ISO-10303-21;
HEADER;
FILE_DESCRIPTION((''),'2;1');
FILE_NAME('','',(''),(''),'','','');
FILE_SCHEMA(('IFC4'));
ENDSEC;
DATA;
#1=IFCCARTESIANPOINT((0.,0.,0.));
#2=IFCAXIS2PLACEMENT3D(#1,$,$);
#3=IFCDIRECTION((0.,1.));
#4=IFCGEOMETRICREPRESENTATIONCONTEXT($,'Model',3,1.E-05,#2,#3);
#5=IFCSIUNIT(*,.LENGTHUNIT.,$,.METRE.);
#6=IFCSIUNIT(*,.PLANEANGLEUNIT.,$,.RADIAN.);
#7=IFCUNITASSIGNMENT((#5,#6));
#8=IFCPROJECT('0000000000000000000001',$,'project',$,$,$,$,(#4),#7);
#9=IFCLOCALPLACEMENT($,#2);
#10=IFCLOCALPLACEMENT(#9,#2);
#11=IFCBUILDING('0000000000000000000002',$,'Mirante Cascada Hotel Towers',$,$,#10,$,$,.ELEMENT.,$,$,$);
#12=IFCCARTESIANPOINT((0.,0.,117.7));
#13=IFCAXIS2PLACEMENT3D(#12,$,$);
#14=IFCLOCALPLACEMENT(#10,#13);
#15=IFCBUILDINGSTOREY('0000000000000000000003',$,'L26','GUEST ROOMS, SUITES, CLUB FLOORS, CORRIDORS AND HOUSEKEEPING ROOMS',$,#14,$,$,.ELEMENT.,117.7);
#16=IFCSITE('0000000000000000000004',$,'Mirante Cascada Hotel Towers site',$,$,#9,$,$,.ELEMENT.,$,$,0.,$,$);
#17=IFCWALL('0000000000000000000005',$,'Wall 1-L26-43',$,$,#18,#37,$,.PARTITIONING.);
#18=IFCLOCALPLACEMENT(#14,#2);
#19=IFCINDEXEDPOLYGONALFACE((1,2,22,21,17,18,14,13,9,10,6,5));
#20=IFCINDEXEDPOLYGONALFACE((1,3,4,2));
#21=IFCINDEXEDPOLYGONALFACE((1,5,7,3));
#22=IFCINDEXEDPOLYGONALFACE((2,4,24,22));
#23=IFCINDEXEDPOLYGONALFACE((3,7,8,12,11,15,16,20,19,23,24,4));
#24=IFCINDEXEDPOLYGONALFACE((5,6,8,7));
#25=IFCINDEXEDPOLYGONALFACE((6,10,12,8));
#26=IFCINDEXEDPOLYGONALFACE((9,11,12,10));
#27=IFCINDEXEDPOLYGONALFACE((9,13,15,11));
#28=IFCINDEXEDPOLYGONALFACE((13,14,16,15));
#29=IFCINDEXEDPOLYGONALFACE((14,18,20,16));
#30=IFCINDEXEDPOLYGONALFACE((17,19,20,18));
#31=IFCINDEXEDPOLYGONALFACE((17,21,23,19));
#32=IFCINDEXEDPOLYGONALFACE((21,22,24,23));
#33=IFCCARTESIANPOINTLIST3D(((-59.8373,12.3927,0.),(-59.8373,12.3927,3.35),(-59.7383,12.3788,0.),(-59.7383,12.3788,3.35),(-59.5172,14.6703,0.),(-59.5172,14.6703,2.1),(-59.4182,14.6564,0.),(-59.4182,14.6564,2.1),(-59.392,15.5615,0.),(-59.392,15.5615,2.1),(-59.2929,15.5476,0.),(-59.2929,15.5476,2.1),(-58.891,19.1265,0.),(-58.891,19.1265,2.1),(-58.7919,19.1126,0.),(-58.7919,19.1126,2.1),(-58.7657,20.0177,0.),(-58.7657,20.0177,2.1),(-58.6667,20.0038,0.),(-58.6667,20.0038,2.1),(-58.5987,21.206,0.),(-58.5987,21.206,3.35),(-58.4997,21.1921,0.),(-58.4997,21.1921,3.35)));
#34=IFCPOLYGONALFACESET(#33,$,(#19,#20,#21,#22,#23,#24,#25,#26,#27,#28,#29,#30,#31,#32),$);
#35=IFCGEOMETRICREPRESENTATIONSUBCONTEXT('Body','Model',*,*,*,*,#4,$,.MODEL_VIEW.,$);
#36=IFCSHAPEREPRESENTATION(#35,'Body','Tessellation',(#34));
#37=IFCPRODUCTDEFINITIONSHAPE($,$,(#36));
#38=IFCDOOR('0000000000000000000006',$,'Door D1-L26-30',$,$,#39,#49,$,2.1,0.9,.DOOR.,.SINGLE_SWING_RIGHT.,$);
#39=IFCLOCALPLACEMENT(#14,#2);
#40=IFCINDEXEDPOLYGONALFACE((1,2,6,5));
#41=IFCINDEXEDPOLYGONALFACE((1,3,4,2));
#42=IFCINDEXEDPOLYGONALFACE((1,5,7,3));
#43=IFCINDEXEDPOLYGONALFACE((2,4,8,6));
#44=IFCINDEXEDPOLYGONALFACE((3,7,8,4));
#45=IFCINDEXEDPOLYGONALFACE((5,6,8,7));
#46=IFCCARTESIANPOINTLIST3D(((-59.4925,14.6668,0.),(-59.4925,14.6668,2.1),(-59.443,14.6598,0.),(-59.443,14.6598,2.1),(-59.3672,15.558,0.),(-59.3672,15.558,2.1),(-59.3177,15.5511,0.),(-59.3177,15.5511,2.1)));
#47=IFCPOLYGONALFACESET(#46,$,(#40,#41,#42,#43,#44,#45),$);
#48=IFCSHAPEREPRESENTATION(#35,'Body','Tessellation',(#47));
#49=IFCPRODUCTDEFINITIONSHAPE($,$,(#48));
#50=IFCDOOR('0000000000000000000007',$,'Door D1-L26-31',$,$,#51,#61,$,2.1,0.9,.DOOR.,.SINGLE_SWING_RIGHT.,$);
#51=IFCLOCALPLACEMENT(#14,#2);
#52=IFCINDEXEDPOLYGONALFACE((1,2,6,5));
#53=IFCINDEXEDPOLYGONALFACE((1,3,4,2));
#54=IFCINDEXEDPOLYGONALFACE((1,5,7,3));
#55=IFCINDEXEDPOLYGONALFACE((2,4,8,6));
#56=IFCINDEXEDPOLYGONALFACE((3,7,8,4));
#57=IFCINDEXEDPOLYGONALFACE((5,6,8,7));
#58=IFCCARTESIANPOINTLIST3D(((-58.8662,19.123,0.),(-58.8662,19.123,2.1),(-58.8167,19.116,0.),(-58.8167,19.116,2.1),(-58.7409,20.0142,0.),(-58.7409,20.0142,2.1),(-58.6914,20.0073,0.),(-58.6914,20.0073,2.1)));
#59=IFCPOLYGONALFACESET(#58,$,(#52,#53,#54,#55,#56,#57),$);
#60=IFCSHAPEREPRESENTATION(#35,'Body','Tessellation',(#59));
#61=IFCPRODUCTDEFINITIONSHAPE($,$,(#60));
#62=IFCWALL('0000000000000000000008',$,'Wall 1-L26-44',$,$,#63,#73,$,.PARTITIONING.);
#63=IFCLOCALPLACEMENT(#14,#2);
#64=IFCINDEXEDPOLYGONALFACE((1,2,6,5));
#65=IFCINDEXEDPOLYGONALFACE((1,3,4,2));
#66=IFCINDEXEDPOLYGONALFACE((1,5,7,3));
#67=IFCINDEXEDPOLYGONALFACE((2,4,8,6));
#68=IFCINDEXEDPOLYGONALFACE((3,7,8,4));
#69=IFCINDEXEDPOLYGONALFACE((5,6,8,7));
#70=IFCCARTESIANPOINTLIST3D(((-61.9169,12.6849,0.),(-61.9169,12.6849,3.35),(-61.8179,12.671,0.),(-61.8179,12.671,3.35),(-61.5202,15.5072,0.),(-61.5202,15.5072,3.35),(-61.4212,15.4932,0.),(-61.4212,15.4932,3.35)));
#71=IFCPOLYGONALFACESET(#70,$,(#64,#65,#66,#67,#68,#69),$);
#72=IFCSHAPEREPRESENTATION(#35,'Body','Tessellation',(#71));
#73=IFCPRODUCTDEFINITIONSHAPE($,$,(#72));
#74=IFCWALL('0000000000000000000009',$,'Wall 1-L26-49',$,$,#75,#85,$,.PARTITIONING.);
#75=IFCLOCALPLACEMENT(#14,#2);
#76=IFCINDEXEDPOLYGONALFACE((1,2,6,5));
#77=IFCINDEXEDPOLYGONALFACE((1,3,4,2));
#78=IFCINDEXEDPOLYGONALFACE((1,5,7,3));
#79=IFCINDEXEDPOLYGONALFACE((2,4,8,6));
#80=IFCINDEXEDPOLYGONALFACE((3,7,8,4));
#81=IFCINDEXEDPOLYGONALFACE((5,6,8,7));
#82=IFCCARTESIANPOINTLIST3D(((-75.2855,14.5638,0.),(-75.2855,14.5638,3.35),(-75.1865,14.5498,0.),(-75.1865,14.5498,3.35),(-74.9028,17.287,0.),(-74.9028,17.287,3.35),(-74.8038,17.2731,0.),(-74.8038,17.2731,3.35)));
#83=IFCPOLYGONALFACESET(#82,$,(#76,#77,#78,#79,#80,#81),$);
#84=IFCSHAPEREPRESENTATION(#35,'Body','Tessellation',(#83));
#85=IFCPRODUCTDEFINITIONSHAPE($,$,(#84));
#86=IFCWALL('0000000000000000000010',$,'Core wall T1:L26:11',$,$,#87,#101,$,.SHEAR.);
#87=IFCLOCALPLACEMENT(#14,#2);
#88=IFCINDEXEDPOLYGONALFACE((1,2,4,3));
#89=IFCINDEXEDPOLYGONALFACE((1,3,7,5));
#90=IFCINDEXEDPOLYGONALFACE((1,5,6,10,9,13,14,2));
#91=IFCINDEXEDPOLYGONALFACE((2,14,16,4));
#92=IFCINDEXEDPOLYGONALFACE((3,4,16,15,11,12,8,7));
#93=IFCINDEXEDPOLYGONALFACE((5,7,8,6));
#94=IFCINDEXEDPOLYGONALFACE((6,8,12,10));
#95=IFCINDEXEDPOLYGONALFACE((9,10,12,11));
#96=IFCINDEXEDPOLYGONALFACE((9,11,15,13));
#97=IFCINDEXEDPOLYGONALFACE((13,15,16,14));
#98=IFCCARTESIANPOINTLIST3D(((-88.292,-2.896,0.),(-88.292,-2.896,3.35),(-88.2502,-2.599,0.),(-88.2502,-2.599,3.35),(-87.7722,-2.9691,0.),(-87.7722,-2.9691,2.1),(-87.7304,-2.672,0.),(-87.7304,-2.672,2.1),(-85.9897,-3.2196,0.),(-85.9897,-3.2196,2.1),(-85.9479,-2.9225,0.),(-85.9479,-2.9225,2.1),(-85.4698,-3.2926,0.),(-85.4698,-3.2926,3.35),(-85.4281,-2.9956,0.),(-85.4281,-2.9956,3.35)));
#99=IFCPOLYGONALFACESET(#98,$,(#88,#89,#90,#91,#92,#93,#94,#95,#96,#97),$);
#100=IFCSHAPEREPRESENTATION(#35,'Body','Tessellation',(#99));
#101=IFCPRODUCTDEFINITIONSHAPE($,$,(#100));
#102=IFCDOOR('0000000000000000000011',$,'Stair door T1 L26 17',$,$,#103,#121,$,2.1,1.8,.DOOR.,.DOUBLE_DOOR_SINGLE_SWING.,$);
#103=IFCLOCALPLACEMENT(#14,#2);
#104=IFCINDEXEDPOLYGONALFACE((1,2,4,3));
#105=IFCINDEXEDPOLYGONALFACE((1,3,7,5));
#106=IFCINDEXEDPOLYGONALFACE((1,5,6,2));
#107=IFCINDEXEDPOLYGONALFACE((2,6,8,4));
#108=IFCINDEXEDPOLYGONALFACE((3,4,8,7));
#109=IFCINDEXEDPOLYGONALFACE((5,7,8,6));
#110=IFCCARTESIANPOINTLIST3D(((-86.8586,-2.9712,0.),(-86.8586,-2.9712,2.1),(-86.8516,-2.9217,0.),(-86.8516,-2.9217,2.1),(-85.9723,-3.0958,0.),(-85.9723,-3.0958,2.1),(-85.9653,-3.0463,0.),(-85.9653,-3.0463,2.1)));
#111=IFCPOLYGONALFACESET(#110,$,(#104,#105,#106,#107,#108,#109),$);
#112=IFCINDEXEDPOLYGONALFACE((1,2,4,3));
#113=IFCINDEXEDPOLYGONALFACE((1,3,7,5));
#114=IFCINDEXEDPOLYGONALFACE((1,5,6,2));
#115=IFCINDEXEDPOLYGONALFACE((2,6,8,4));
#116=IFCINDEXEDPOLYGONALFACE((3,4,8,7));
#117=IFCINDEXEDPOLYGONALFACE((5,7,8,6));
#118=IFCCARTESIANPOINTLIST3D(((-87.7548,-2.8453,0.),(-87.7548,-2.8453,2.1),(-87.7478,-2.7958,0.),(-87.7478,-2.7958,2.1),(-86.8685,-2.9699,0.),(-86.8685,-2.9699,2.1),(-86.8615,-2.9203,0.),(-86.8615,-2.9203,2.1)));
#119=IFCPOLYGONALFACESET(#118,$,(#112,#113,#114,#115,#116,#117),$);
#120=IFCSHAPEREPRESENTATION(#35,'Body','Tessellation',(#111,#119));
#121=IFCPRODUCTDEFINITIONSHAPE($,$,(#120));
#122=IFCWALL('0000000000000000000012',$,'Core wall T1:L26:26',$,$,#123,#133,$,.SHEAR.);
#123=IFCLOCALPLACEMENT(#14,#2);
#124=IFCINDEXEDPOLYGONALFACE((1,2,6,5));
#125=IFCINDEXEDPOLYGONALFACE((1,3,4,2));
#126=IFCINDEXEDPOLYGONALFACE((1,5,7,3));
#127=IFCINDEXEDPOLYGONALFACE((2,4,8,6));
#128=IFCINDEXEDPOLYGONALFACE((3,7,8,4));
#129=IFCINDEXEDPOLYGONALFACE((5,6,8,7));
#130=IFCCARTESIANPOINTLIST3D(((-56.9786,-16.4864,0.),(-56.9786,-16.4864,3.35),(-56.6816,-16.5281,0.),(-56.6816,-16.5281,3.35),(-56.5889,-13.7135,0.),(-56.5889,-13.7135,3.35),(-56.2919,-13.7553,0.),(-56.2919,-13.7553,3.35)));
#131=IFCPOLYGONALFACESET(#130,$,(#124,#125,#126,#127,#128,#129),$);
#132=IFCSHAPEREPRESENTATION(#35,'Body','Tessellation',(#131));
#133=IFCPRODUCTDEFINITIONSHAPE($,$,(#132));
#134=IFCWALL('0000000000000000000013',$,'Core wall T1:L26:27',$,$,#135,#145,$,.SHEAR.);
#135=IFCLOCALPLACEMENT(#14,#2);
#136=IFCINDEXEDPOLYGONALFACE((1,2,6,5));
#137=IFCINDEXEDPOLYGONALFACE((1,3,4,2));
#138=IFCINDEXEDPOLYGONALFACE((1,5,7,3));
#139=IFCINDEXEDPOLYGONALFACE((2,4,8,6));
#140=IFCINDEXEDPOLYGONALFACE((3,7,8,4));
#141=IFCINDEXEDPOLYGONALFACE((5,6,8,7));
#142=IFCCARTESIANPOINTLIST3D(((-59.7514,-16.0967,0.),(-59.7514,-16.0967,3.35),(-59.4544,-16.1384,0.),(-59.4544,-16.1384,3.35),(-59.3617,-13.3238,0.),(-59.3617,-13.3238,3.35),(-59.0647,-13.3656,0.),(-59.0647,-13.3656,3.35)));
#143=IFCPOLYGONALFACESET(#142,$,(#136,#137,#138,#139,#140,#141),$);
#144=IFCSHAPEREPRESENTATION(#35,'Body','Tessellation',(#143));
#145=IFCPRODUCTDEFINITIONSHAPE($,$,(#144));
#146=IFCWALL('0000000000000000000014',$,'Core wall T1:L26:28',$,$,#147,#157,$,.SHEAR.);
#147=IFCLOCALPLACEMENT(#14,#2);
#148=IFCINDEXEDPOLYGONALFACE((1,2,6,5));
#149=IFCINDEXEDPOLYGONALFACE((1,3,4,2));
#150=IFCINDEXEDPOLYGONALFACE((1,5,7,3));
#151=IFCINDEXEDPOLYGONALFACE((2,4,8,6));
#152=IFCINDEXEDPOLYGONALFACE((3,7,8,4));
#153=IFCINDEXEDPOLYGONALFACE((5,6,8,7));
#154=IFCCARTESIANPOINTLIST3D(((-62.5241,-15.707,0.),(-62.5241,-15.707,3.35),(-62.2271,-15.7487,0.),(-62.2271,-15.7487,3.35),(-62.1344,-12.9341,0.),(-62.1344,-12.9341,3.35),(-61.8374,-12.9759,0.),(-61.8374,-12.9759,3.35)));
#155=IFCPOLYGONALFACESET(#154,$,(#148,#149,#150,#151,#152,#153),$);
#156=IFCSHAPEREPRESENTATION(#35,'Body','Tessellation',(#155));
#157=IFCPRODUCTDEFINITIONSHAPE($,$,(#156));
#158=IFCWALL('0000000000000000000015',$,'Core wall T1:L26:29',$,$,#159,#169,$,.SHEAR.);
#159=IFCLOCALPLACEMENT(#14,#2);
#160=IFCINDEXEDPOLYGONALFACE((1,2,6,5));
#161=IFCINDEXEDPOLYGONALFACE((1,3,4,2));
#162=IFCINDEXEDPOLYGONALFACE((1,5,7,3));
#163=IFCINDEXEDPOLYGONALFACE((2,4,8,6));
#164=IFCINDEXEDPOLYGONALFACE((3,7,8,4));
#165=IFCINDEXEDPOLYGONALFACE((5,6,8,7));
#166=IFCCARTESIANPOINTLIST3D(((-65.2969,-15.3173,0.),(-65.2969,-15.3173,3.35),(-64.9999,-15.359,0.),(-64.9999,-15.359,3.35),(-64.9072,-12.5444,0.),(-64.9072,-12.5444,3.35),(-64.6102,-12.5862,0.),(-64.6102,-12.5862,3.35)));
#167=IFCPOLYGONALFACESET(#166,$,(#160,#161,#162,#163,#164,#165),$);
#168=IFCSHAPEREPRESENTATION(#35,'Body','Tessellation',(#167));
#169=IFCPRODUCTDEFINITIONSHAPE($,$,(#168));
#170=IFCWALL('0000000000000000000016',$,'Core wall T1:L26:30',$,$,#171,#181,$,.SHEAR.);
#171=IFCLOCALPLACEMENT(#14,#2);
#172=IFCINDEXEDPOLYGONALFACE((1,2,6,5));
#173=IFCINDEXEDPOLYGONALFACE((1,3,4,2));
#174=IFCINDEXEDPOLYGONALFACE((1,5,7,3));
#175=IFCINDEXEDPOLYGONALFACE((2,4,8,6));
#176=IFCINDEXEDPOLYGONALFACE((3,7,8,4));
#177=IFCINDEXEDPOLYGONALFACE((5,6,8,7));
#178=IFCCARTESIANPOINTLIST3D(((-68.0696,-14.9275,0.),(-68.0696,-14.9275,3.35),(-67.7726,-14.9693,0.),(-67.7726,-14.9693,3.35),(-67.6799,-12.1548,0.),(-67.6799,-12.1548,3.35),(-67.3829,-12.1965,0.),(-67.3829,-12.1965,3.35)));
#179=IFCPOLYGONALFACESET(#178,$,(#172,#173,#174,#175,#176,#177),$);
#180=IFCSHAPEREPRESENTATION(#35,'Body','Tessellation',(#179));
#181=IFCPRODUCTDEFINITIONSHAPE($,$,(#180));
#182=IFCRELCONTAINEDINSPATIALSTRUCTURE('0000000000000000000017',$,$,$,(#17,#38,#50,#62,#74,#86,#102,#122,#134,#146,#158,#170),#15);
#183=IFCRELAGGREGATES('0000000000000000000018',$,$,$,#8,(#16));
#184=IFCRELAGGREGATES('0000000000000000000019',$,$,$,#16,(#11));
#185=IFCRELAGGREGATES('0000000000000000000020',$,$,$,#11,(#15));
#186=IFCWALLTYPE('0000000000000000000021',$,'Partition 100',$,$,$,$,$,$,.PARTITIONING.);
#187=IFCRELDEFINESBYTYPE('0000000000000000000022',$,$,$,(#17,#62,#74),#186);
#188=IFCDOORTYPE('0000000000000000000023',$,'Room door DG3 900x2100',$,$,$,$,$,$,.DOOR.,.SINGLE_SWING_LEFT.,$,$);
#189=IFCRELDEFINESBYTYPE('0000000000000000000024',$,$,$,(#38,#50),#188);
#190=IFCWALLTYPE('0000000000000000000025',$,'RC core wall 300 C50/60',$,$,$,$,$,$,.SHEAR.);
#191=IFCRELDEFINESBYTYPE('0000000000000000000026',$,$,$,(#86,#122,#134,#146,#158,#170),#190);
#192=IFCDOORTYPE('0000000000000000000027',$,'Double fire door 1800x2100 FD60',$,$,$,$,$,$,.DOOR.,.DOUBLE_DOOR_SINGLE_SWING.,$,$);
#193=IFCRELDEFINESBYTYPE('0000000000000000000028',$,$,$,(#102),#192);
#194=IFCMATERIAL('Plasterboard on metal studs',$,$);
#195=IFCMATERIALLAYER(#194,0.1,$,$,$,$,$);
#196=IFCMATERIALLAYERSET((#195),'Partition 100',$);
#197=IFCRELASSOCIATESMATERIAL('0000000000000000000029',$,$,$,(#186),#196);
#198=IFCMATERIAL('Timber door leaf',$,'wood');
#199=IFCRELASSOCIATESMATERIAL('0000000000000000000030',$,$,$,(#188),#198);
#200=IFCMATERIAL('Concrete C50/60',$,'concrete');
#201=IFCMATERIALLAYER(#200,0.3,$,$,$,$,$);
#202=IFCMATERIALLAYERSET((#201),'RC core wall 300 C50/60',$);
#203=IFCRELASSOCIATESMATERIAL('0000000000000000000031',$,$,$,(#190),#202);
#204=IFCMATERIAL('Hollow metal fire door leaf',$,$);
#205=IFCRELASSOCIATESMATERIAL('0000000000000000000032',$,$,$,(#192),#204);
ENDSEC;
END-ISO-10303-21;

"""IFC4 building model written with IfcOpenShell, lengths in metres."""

from ifc_helpers import new_model, si_unit, direction, frame, frame_2d, origin, place, context, subcontext, project, spatial, rectangle, extrude, material, layer, layer_set, type_object, element, fill, save


model = new_model("IFC4")

# Units and contexts
model_context = context("Model", 3, precision=1e-05, world=origin(), true_north=direction((0.0, 1.0)))
body_context = subcontext(model_context, "Body", "Model", "MODEL_VIEW")
ifc_project = project(units=[si_unit("LENGTHUNIT", "METRE"), si_unit("PLANEANGLEUNIT", "RADIAN")], contexts=[model_context])

# Site, building, storey
site_placement = place(None, origin())
site = spatial("IfcSite", under=ifc_project, at=site_placement, Name="Mirante Cascada Hotel Towers site", CompositionType="ELEMENT", RefElevation=0.0)
building_placement = place(site_placement, origin())
building = spatial("IfcBuilding", under=site, at=building_placement, Name="Mirante Cascada Hotel Towers", CompositionType="ELEMENT")
storey_placement = place(building_placement, frame((0.0, 0.0, 117.7)))
storey = spatial("IfcBuildingStorey", under=building, at=storey_placement, Name="L26", Description="GUEST ROOMS, SUITES, CLUB FLOORS, CORRIDORS AND HOUSEKEEPING ROOMS", CompositionType="ELEMENT", Elevation=117.7)

# Wall, openings, doors
ifc_material_1 = material(Name="Plasterboard on metal studs")
ifc_layer_1 = layer(ifc_material_1, 0.1)
ifc_layer_set_1 = layer_set([ifc_layer_1], Name="Partition 100")
wall_type_1 = type_object("IfcWallType", Name="Partition 100", PredefinedType="PARTITIONING", material=ifc_layer_set_1)
wall_1_placement = place(storey_placement, frame((-59.7878, 12.3857, 0.0), z_axis=(0.0, 0.0, 1.0), x_axis=(0.13917, 0.990268, 0.0)))
wall_1 = element("IfcWall", 1, at=wall_1_placement, inside=storey, type_object=wall_type_1, Name="Wall 1-L26-43", PredefinedType="PARTITIONING", context=body_context, shape_type="SweptSolid", body=[
    extrude(rectangle(XDim=8.8999, YDim=0.1, at=frame_2d((4.45, 0.0))), origin(), (0.0, 0.0, 1.0), 3.35),
])
opening_1_placement = place(wall_1_placement, frame((2.3, 0.0, 0.0)))
opening_1 = element("IfcOpeningElement", 2, at=opening_1_placement, cuts=wall_1, PredefinedType="OPENING", context=body_context, shape_type="SweptSolid", body=[
    extrude(rectangle(XDim=0.9, YDim=2.1, at=frame_2d((0.45, 1.05))), frame((0.0, 0.05, 0.0), z_axis=(0.0, -1.0, 0.0), x_axis=(1.0, 0.0, 0.0)), (0.0, 0.0, 1.0), 0.1),
])
opening_2_placement = place(wall_1_placement, frame((6.8, 0.0, 0.0)))
opening_2 = element("IfcOpeningElement", 3, at=opening_2_placement, cuts=wall_1, PredefinedType="OPENING", context=body_context, shape_type="SweptSolid", body=[
    extrude(rectangle(XDim=0.9, YDim=2.1, at=frame_2d((0.45, 1.05))), frame((0.0, 0.05, 0.0), z_axis=(0.0, -1.0, 0.0), x_axis=(1.0, 0.0, 0.0)), (0.0, 0.0, 1.0), 0.1),
])
ifc_material_2 = material(Name="Timber door leaf", Category="wood")
door_type_1 = type_object("IfcDoorType", Name="Room door DG3 900x2100", OperationType="SINGLE_SWING_LEFT", PredefinedType="DOOR", material=ifc_material_2)
door_1_placement = place(opening_1_placement, frame((0.9, 0.0, 0.0), z_axis=(0.0, 0.0, 1.0), x_axis=(-1.0, 0.0, 0.0)))
door_1 = element("IfcDoor", 4, at=door_1_placement, inside=storey, type_object=door_type_1, Name="Door D1-L26-30", OperationType="SINGLE_SWING_RIGHT", OverallHeight=2.1, OverallWidth=0.9, PredefinedType="DOOR", context=body_context, shape_type="SweptSolid", body=[
    extrude(rectangle(XDim=0.9, YDim=2.1, at=frame_2d((0.45, 1.05))), frame((0.0, 0.025, 0.0), z_axis=(0.0, -1.0, 0.0), x_axis=(1.0, 0.0, 0.0)), (0.0, 0.0, 1.0), 0.05),
])
fill(opening_1, door_1)
door_2_placement = place(opening_2_placement, frame((0.9, 0.0, 0.0), z_axis=(0.0, 0.0, 1.0), x_axis=(-1.0, 0.0, 0.0)))
door_2 = element("IfcDoor", 5, at=door_2_placement, inside=storey, type_object=door_type_1, Name="Door D1-L26-31", OperationType="SINGLE_SWING_RIGHT", OverallHeight=2.1, OverallWidth=0.9, PredefinedType="DOOR", context=body_context, shape_type="SweptSolid", body=[
    extrude(rectangle(XDim=0.9, YDim=2.1, at=frame_2d((0.45, 1.05))), frame((0.0, 0.025, 0.0), z_axis=(0.0, -1.0, 0.0), x_axis=(1.0, 0.0, 0.0)), (0.0, 0.0, 1.0), 0.05),
])
fill(opening_2, door_2)

# Walls
wall_2_placement = place(storey_placement, frame((-61.4707, 15.5002, 0.0), z_axis=(0.0, 0.0, 1.0), x_axis=(-0.139191, -0.990266, 0.0)))
element("IfcWall", 6, at=wall_2_placement, inside=storey, type_object=wall_type_1, Name="Wall 1-L26-44", PredefinedType="PARTITIONING", context=body_context, shape_type="SweptSolid", body=[
    extrude(rectangle(XDim=2.85, YDim=0.1, at=frame_2d((1.425, 0.0))), origin(), (0.0, 0.0, 1.0), 3.35),
])
wall_3_placement = place(storey_placement, frame((-75.236, 14.5568, 0.0), z_axis=(0.0, 0.0, 1.0), x_axis=(0.139166, 0.990269, 0.0)))
element("IfcWall", 7, at=wall_3_placement, inside=storey, type_object=wall_type_1, Name="Wall 1-L26-49", PredefinedType="PARTITIONING", context=body_context, shape_type="SweptSolid", body=[
    extrude(rectangle(XDim=2.75, YDim=0.1, at=frame_2d((1.375, 0.0))), origin(), (0.0, 0.0, 1.0), 3.35),
])

# Wall, opening, door
ifc_material_3 = material(Name="Concrete C50/60", Category="concrete")
ifc_layer_2 = layer(ifc_material_3, 0.3)
ifc_layer_set_2 = layer_set([ifc_layer_2], Name="RC core wall 300 C50/60")
wall_type_2 = type_object("IfcWallType", Name="RC core wall 300 C50/60", PredefinedType="SHEAR", material=ifc_layer_set_2)
wall_4_placement = place(storey_placement, frame((-85.4489, -3.1441, 0.0), z_axis=(0.0, 0.0, 1.0), x_axis=(-0.99027, 0.139161, 0.0)))
wall_4 = element("IfcWall", 8, at=wall_4_placement, inside=storey, type_object=wall_type_2, Name="Core wall T1:L26:11", PredefinedType="SHEAR", context=body_context, shape_type="SweptSolid", body=[
    extrude(rectangle(XDim=2.8499, YDim=0.3, at=frame_2d((1.425, 0.0))), origin(), (0.0, 0.0, 1.0), 3.35),
])
opening_3_placement = place(wall_4_placement, frame((0.525, 0.0, 0.0)))
opening_3 = element("IfcOpeningElement", 9, at=opening_3_placement, cuts=wall_4, PredefinedType="OPENING", context=body_context, shape_type="SweptSolid", body=[
    extrude(rectangle(XDim=1.8, YDim=2.1, at=frame_2d((0.9, 1.05))), frame((0.0, 0.15, 0.0), z_axis=(0.0, -1.0, 0.0), x_axis=(1.0, 0.0, 0.0)), (0.0, 0.0, 1.0), 0.3),
])
ifc_material_4 = material(Name="Hollow metal fire door leaf")
door_type_2 = type_object("IfcDoorType", Name="Double fire door 1800x2100 FD60", OperationType="DOUBLE_DOOR_SINGLE_SWING", PredefinedType="DOOR", material=ifc_material_4)
door_3_placement = place(opening_3_placement, origin())
door_3 = element("IfcDoor", 10, at=door_3_placement, inside=storey, type_object=door_type_2, Name="Stair door T1 L26 17", OperationType="DOUBLE_DOOR_SINGLE_SWING", OverallHeight=2.1, OverallWidth=1.8, PredefinedType="DOOR", context=body_context, shape_type="SweptSolid", body=[
    extrude(rectangle(XDim=0.895, YDim=2.1, at=frame_2d((0.4475, 1.05))), frame((0.0, 0.025, 0.0), z_axis=(0.0, -1.0, 0.0), x_axis=(1.0, 0.0, 0.0)), (0.0, 0.0, 1.0), 0.05),
    extrude(rectangle(XDim=0.895, YDim=2.1, at=frame_2d((1.3525, 1.05))), frame((0.0, 0.025, 0.0), z_axis=(0.0, -1.0, 0.0), x_axis=(1.0, 0.0, 0.0)), (0.0, 0.0, 1.0), 0.05),
])
fill(opening_3, door_3)

# Walls
for number, where, z_axis, x_axis, name in (
    (11, (-56.8301, -16.5072, 0.0), (0.0, 0.0, 1.0), (0.139176, 0.990268, 0.0), "Core wall T1:L26:26"),
    (12, (-59.6029, -16.1175, 0.0), (0.0, 0.0, 1.0), (0.139176, 0.990268, 0.0), "Core wall T1:L26:27"),
    (13, (-62.3756, -15.7278, 0.0), (0.0, 0.0, 1.0), (0.139176, 0.990268, 0.0), "Core wall T1:L26:28"),
    (14, (-65.1484, -15.3381, 0.0), (0.0, 0.0, 1.0), (0.139176, 0.990268, 0.0), "Core wall T1:L26:29"),
):
    element("IfcWall", number, at=place(storey_placement, frame(where, z_axis=z_axis, x_axis=x_axis)), inside=storey, type_object=wall_type_2, Name=name, PredefinedType="SHEAR", context=body_context, shape_type="SweptSolid", body=[
        extrude(rectangle(XDim=2.8001, YDim=0.3, at=frame_2d((1.4, 0.0))), origin(), (0.0, 0.0, 1.0), 3.35),
    ])
wall_5_placement = place(storey_placement, frame((-67.9211, -14.9484, 0.0), z_axis=(0.0, 0.0, 1.0), x_axis=(0.139181, 0.990267, 0.0)))
element("IfcWall", 15, at=wall_5_placement, inside=storey, type_object=wall_type_2, Name="Core wall T1:L26:30", PredefinedType="SHEAR", context=body_context, shape_type="SweptSolid", body=[
    extrude(rectangle(XDim=2.8, YDim=0.3, at=frame_2d((1.4, 0.0))), origin(), (0.0, 0.0, 1.0), 3.35),
])

save(model, "model.ifc")
